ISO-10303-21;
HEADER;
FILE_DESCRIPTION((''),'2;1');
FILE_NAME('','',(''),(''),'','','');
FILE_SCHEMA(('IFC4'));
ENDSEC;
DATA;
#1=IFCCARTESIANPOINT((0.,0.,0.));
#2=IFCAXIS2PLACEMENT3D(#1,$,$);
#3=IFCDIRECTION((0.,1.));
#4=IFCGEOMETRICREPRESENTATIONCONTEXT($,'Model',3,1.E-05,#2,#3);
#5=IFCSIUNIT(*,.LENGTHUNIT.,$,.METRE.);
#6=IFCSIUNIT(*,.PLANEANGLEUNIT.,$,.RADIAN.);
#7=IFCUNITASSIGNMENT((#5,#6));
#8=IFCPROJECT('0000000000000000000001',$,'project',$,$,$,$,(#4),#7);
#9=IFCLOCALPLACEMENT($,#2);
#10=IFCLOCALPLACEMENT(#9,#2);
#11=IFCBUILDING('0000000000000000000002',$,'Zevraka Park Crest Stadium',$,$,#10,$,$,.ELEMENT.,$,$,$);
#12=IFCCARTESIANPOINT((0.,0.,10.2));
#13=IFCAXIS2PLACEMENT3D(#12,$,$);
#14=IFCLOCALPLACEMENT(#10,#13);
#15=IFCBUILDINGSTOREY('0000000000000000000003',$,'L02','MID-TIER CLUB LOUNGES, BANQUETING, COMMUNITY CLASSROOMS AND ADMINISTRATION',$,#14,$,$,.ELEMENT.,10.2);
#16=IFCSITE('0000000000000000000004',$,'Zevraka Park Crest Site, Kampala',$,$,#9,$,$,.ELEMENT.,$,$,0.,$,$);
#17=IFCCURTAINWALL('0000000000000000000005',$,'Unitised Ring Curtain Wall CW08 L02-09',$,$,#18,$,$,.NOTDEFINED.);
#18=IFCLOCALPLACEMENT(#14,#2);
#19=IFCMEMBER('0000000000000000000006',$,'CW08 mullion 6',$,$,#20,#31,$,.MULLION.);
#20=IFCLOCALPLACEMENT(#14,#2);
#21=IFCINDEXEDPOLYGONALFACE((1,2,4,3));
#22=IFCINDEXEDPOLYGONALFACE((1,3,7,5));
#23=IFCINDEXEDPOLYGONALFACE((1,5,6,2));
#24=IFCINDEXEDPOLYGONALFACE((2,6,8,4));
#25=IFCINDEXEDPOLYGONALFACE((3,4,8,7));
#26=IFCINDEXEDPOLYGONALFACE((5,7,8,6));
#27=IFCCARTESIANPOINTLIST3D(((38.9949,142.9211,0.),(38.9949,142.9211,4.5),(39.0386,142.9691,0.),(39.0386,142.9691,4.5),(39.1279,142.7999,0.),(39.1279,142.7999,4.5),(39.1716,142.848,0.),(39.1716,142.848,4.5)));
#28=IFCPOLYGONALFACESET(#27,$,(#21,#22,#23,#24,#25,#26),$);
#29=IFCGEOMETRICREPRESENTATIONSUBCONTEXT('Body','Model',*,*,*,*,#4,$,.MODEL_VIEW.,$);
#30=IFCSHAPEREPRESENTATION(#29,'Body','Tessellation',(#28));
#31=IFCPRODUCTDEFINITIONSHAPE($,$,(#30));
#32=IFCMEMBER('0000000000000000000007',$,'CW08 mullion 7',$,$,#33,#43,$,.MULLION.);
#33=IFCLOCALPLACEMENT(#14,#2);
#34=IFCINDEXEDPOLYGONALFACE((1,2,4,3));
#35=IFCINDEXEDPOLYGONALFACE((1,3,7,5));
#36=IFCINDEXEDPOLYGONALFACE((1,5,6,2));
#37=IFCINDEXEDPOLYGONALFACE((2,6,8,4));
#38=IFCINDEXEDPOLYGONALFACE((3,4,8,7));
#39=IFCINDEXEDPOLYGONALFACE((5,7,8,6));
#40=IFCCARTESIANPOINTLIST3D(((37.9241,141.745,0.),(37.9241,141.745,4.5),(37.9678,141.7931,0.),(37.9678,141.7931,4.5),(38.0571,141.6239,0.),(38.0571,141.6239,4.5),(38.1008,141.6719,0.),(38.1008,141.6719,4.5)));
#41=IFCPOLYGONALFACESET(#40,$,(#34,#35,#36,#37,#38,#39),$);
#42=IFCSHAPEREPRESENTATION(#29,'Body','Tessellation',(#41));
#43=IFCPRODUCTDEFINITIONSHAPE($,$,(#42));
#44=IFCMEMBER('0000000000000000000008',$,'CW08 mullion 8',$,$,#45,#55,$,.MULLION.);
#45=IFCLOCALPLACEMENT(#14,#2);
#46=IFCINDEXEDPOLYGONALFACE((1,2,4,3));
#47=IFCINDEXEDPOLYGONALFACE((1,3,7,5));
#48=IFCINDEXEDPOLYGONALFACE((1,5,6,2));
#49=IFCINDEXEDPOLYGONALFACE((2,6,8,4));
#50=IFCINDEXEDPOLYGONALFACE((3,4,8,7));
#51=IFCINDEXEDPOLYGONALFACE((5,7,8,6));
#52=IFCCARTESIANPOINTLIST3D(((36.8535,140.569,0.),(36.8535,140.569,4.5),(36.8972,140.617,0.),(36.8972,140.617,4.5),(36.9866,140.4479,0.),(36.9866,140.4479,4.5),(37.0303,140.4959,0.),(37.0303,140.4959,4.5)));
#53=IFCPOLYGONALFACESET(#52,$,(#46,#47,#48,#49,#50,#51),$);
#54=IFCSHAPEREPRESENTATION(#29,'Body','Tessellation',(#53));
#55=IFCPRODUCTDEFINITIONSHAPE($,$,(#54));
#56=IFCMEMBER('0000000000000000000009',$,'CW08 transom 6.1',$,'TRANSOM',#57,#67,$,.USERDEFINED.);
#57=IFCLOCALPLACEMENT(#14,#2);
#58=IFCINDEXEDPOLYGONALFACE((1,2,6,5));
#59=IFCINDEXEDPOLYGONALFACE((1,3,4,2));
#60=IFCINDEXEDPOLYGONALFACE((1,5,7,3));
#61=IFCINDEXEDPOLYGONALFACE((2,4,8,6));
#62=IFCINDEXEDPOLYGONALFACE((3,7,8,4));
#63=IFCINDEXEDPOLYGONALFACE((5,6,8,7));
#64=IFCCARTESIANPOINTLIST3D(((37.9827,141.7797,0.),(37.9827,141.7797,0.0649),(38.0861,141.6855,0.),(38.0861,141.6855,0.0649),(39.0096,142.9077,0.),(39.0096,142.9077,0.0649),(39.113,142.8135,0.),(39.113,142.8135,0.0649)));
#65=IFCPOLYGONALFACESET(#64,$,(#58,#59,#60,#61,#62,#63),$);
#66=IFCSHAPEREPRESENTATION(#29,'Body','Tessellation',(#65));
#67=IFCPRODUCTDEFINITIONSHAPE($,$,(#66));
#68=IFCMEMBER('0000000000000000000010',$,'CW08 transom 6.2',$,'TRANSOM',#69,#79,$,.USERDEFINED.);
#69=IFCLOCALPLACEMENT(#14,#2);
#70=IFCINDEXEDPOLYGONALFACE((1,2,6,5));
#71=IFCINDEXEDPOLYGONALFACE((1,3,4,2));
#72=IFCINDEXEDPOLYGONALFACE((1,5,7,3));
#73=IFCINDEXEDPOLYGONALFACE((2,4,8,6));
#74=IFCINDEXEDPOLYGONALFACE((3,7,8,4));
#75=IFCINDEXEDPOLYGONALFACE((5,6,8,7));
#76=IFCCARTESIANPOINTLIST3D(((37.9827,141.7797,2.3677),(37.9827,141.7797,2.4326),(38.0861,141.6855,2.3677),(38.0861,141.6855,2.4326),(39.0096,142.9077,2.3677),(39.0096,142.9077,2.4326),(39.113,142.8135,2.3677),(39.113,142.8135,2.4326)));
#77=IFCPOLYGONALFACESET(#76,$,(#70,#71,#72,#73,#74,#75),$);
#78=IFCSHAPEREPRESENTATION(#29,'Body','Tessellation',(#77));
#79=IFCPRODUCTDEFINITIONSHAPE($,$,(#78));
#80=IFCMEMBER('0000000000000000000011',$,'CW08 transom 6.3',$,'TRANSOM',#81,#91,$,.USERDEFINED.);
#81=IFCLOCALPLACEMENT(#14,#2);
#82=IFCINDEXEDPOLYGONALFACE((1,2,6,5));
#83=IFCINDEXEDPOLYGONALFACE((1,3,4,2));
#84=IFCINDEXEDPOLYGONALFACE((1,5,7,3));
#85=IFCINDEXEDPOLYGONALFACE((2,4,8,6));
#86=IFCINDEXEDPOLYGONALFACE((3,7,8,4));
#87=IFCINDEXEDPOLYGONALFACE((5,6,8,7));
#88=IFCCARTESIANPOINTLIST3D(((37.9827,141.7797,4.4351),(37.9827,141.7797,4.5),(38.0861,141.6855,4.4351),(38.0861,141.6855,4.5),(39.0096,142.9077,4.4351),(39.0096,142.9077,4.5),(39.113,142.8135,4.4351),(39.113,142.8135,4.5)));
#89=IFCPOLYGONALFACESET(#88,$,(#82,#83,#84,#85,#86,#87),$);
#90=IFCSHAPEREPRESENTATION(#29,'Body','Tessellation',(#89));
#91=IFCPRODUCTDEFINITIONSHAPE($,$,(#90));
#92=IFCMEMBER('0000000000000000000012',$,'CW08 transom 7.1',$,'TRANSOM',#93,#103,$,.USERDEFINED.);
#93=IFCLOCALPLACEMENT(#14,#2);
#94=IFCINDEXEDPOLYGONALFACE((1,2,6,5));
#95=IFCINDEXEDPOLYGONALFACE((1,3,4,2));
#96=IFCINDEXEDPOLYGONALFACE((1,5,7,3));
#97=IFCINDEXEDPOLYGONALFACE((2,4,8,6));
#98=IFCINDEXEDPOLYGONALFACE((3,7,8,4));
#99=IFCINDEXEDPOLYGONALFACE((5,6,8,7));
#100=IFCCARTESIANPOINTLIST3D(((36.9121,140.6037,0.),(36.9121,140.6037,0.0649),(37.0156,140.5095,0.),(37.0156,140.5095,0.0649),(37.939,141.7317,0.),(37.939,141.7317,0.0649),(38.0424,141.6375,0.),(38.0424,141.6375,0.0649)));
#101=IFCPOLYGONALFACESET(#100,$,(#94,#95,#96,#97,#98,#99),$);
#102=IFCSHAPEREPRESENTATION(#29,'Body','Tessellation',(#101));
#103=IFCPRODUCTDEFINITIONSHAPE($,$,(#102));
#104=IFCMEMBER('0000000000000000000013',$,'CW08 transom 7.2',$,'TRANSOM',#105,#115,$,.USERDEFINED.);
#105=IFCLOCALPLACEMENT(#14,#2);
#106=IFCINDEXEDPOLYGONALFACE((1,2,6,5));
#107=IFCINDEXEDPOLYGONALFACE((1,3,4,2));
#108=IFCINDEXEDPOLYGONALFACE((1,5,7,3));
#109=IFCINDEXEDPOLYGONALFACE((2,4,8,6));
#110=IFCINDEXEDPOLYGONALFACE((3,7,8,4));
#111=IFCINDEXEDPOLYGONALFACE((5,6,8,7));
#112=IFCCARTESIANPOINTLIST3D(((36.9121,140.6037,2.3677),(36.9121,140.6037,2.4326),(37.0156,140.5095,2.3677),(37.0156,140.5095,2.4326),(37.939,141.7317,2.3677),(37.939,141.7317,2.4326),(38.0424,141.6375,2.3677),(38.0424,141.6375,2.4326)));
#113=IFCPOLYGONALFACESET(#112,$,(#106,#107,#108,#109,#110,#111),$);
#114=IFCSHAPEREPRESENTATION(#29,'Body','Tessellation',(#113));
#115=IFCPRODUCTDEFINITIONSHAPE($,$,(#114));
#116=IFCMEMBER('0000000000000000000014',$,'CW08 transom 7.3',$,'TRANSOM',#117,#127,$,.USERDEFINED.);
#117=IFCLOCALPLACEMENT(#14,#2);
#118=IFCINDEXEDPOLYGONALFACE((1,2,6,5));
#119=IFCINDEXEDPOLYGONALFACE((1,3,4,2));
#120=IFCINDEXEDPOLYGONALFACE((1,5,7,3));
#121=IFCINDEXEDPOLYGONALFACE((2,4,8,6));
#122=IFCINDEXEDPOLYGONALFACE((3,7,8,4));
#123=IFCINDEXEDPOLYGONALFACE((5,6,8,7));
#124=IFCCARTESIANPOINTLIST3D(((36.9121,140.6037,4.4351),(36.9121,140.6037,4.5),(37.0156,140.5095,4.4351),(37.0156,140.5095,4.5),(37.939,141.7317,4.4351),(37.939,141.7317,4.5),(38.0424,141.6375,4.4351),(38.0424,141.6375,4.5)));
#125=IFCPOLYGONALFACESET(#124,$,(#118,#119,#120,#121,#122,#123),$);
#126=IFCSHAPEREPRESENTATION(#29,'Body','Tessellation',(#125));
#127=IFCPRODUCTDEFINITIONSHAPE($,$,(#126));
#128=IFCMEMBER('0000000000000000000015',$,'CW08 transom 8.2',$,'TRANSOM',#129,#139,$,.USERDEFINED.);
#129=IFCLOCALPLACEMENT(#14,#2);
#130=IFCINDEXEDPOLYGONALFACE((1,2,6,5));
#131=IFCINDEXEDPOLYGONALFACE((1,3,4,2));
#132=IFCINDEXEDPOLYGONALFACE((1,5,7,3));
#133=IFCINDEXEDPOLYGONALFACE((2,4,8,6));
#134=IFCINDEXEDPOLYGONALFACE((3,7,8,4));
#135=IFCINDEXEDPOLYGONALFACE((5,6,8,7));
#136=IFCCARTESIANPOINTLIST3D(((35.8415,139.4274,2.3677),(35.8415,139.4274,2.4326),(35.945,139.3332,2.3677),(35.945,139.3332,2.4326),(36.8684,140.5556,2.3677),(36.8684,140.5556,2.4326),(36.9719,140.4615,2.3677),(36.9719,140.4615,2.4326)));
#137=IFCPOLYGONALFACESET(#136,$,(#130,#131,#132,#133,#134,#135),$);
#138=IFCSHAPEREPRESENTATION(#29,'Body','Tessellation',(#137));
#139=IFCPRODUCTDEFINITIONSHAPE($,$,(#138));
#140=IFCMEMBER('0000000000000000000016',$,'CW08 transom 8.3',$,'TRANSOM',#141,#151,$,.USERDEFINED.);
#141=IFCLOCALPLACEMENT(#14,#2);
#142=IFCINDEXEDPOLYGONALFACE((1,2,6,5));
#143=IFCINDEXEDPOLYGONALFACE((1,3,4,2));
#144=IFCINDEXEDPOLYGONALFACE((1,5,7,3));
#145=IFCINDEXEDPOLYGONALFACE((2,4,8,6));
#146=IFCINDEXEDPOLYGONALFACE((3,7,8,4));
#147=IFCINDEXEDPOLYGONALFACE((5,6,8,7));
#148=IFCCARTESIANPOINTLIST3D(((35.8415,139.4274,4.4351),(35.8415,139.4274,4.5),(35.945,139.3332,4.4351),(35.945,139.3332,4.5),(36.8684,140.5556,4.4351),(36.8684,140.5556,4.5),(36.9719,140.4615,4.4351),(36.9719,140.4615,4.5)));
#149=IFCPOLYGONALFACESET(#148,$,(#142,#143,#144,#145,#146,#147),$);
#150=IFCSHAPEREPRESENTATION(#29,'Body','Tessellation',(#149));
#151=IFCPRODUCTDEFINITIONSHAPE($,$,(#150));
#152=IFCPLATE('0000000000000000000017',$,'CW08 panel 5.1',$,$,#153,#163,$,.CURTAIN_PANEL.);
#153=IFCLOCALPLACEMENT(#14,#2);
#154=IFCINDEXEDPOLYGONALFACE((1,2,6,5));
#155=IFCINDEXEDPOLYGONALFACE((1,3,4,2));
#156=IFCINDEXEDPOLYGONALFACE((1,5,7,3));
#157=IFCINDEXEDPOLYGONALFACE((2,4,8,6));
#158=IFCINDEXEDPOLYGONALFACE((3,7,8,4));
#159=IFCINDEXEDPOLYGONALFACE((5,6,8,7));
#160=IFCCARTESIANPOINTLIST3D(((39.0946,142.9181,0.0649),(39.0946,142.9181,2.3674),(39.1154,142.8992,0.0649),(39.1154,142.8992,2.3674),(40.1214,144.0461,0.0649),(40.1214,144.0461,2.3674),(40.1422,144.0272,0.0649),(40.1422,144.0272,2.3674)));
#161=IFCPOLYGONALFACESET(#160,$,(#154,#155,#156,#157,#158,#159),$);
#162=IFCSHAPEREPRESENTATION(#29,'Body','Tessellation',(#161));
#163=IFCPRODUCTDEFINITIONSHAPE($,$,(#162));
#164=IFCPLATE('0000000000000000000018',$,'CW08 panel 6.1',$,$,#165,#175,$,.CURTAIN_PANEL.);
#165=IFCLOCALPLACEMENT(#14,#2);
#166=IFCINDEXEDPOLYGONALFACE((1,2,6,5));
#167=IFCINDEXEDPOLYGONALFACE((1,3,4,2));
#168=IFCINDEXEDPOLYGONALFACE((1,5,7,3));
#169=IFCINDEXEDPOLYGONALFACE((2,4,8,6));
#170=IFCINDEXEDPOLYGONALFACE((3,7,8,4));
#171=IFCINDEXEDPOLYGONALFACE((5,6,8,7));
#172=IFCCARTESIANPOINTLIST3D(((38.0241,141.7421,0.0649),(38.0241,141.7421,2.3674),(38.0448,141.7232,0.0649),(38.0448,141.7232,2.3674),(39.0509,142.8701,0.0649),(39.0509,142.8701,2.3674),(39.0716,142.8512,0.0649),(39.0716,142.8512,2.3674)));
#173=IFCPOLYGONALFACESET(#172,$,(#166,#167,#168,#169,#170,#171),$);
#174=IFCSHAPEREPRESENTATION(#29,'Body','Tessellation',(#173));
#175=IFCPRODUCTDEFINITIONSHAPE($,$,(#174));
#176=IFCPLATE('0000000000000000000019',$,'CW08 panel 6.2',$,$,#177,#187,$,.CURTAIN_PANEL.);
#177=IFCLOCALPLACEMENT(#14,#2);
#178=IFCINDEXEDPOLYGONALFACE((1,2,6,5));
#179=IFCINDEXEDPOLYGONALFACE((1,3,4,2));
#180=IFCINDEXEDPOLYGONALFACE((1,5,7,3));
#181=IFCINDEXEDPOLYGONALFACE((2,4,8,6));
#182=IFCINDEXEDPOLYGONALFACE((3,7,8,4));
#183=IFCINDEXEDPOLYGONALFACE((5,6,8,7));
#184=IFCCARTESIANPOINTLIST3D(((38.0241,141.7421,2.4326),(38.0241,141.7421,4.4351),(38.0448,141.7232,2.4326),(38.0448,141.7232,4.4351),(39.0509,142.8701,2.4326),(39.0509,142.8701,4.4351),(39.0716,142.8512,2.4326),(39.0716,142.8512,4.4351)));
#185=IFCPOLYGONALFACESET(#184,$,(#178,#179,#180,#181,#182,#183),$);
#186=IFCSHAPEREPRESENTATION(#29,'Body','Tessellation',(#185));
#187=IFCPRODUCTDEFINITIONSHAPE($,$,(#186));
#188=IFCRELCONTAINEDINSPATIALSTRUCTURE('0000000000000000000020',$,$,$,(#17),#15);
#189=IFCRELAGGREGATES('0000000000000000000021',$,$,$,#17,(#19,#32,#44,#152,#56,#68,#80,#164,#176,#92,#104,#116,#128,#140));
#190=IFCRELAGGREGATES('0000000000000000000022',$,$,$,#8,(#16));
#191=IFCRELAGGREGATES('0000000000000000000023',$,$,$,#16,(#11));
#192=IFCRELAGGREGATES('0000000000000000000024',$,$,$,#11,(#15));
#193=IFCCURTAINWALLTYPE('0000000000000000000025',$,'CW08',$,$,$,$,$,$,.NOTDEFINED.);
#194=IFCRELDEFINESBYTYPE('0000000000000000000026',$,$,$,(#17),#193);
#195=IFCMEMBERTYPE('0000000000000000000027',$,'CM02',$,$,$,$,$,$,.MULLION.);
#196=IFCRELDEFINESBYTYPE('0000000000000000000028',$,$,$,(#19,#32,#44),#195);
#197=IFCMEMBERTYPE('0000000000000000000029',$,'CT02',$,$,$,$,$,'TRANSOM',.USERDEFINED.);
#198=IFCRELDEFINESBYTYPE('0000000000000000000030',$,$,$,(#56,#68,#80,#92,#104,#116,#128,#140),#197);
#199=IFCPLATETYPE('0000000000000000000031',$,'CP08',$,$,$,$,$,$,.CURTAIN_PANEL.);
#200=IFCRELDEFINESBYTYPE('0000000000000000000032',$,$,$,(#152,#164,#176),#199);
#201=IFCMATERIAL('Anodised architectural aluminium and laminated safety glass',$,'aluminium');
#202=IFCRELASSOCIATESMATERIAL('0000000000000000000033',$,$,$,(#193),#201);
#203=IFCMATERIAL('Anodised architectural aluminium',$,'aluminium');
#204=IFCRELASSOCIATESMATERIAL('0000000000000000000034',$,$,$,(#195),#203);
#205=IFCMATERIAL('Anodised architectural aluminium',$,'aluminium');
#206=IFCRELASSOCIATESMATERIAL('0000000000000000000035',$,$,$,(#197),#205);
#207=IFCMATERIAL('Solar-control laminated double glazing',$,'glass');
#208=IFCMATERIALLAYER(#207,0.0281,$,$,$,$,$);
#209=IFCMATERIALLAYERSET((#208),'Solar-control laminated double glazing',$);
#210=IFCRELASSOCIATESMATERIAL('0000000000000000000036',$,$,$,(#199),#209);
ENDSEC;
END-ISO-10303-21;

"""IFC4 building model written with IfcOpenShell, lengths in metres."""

from ifc_helpers import new_model, si_unit, direction, frame, origin, origin_2d, place, context, subcontext, project, spatial, rectangle, extrude, material, layer, layer_set, material_profile, profile_set, type_object, element, aggregate, save


model = new_model("IFC4")

# Units and contexts
model_context = context("Model", 3, precision=1e-05, world=origin(), true_north=direction((0.0, 1.0)))
body_context = subcontext(model_context, "Body", "Model", "MODEL_VIEW")
ifc_project = project(units=[si_unit("LENGTHUNIT", "METRE"), si_unit("PLANEANGLEUNIT", "RADIAN")], contexts=[model_context])

# Site, building, storey
site_placement = place(None, origin())
site = spatial("IfcSite", under=ifc_project, at=site_placement, Name="Zevraka Park Crest Site, Kampala", CompositionType="ELEMENT", RefElevation=0.0)
building_placement = place(site_placement, origin())
building = spatial("IfcBuilding", under=site, at=building_placement, Name="Zevraka Park Crest Stadium", CompositionType="ELEMENT")
storey_placement = place(building_placement, frame((0.0, 0.0, 10.2)))
storey = spatial("IfcBuildingStorey", under=building, at=storey_placement, Name="L02", Description="MID-TIER CLUB LOUNGES, BANQUETING, COMMUNITY CLASSROOMS AND ADMINISTRATION", CompositionType="ELEMENT", Elevation=10.2)

# Curtain wall, members, plates
ifc_material_1 = material(Name="Anodised architectural aluminium and laminated safety glass", Category="aluminium")
curtain_wall_type = type_object("IfcCurtainWallType", Name="CW08", PredefinedType="NOTDEFINED", material=ifc_material_1)
curtain_wall_placement = place(storey_placement, origin())
curtain_wall = element("IfcCurtainWall", 1, at=curtain_wall_placement, inside=storey, type_object=curtain_wall_type, Name="Unitised Ring Curtain Wall CW08 L02-09", PredefinedType="NOTDEFINED")
ifc_material_2 = material(Name="Anodised architectural aluminium", Category="aluminium")
ifc_material_profile_1 = material_profile(ifc_material_2, rectangle(XDim=0.1799, YDim=0.0649, at=origin_2d()), Name="ALU MULLION 180x65")
ifc_profile_set_1 = profile_set([ifc_material_profile_1], Name="Anodised architectural aluminium")
member_type_1 = type_object("IfcMemberType", Name="CM02", PredefinedType="MULLION", material=ifc_profile_set_1)
member_1_placement = place(storey_placement, frame((39.0833, 142.8845, 0.0), z_axis=(0.0, 0.0, 1.0), x_axis=(0.739497, -0.67316, 0.0)))
member_1 = element("IfcMember", 2, at=member_1_placement, type_object=member_type_1, Name="CW08 mullion 6", PredefinedType="MULLION", context=body_context, shape_type="SweptSolid", body=[
    extrude(rectangle(XDim=0.1799, YDim=0.0649, at=origin_2d()), origin(), (0.0, 0.0, 1.0), 4.5),
])
member_2_placement = place(storey_placement, frame((38.0125, 141.7085, 0.0), z_axis=(0.0, 0.0, 1.0), x_axis=(0.739497, -0.67316, 0.0)))
member_2 = element("IfcMember", 3, at=member_2_placement, type_object=member_type_1, Name="CW08 mullion 7", PredefinedType="MULLION", context=body_context, shape_type="SweptSolid", body=[
    extrude(rectangle(XDim=0.1799, YDim=0.0649, at=origin_2d()), origin(), (0.0, 0.0, 1.0), 4.5),
])
member_3_placement = place(storey_placement, frame((36.9419, 140.5325, 0.0), z_axis=(0.0, 0.0, 1.0), x_axis=(0.739497, -0.67316, 0.0)))
member_3 = element("IfcMember", 4, at=member_3_placement, type_object=member_type_1, Name="CW08 mullion 8", PredefinedType="MULLION", context=body_context, shape_type="SweptSolid", body=[
    extrude(rectangle(XDim=0.1799, YDim=0.0649, at=origin_2d()), origin(), (0.0, 0.0, 1.0), 4.5),
])
ifc_material_3 = material(Name="Anodised architectural aluminium", Category="aluminium")
ifc_material_profile_2 = material_profile(ifc_material_3, rectangle(XDim=0.1399, YDim=0.0649, at=origin_2d()), Name="ALU TRANSOM 140x65")
ifc_profile_set_2 = profile_set([ifc_material_profile_2], Name="Anodised architectural aluminium")
member_type_2 = type_object("IfcMemberType", Name="CT02", ElementType="TRANSOM", PredefinedType="USERDEFINED", material=ifc_profile_set_2)
member_4_placement = place(storey_placement, frame((39.0613, 142.8606, 0.0325), z_axis=(-0.673198, -0.739462, 0.0), x_axis=(0.739462, -0.673198, 0.0)))
member_4 = element("IfcMember", 5, at=member_4_placement, type_object=member_type_2, Name="CW08 transom 6.1", ObjectType="TRANSOM", PredefinedType="USERDEFINED", context=body_context, shape_type="SweptSolid", body=[
    extrude(rectangle(XDim=0.1399, YDim=0.0649, at=origin_2d()), origin(), (0.0, 0.0, 1.0), 1.5254),
])
member_5_placement = place(storey_placement, frame((39.0613, 142.8606, 2.4001), z_axis=(-0.673198, -0.739462, 0.0), x_axis=(0.739462, -0.673198, 0.0)))
member_5 = element("IfcMember", 6, at=member_5_placement, type_object=member_type_2, Name="CW08 transom 6.2", ObjectType="TRANSOM", PredefinedType="USERDEFINED", context=body_context, shape_type="SweptSolid", body=[
    extrude(rectangle(XDim=0.1399, YDim=0.0649, at=origin_2d()), origin(), (0.0, 0.0, 1.0), 1.5254),
])
member_6_placement = place(storey_placement, frame((39.0613, 142.8606, 4.4675), z_axis=(-0.673198, -0.739462, 0.0), x_axis=(0.739462, -0.673198, 0.0)))
member_6 = element("IfcMember", 7, at=member_6_placement, type_object=member_type_2, Name="CW08 transom 6.3", ObjectType="TRANSOM", PredefinedType="USERDEFINED", context=body_context, shape_type="SweptSolid", body=[
    extrude(rectangle(XDim=0.1399, YDim=0.0649, at=origin_2d()), origin(), (0.0, 0.0, 1.0), 1.5254),
])
member_7_placement = place(storey_placement, frame((37.9907, 141.6846, 0.0325), z_axis=(-0.673198, -0.739462, 0.0), x_axis=(0.739462, -0.673198, 0.0)))
member_7 = element("IfcMember", 8, at=member_7_placement, type_object=member_type_2, Name="CW08 transom 7.1", ObjectType="TRANSOM", PredefinedType="USERDEFINED", context=body_context, shape_type="SweptSolid", body=[
    extrude(rectangle(XDim=0.1399, YDim=0.0649, at=origin_2d()), origin(), (0.0, 0.0, 1.0), 1.5254),
])
member_8_placement = place(storey_placement, frame((37.9907, 141.6846, 2.4001), z_axis=(-0.673198, -0.739462, 0.0), x_axis=(0.739462, -0.673198, 0.0)))
member_8 = element("IfcMember", 9, at=member_8_placement, type_object=member_type_2, Name="CW08 transom 7.2", ObjectType="TRANSOM", PredefinedType="USERDEFINED", context=body_context, shape_type="SweptSolid", body=[
    extrude(rectangle(XDim=0.1399, YDim=0.0649, at=origin_2d()), origin(), (0.0, 0.0, 1.0), 1.5254),
])
member_9_placement = place(storey_placement, frame((37.9907, 141.6846, 4.4675), z_axis=(-0.673198, -0.739462, 0.0), x_axis=(0.739462, -0.673198, 0.0)))
member_9 = element("IfcMember", 10, at=member_9_placement, type_object=member_type_2, Name="CW08 transom 7.3", ObjectType="TRANSOM", PredefinedType="USERDEFINED", context=body_context, shape_type="SweptSolid", body=[
    extrude(rectangle(XDim=0.1399, YDim=0.0649, at=origin_2d()), origin(), (0.0, 0.0, 1.0), 1.5254),
])
member_10_placement = place(storey_placement, frame((36.9202, 140.5085, 2.4001), z_axis=(-0.673119, -0.739534, 0.0), x_axis=(0.739534, -0.673119, 0.0)))
member_10 = element("IfcMember", 11, at=member_10_placement, type_object=member_type_2, Name="CW08 transom 8.2", ObjectType="TRANSOM", PredefinedType="USERDEFINED", context=body_context, shape_type="SweptSolid", body=[
    extrude(rectangle(XDim=0.1399, YDim=0.0649, at=origin_2d()), origin(), (0.0, 0.0, 1.0), 1.5256),
])
member_11_placement = place(storey_placement, frame((36.9202, 140.5085, 4.4675), z_axis=(-0.673119, -0.739534, 0.0), x_axis=(0.739534, -0.673119, 0.0)))
member_11 = element("IfcMember", 12, at=member_11_placement, type_object=member_type_2, Name="CW08 transom 8.3", ObjectType="TRANSOM", PredefinedType="USERDEFINED", context=body_context, shape_type="SweptSolid", body=[
    extrude(rectangle(XDim=0.1399, YDim=0.0649, at=origin_2d()), origin(), (0.0, 0.0, 1.0), 1.5256),
])
ifc_material_4 = material(Name="Solar-control laminated double glazing", Category="glass")
ifc_layer_1 = layer(ifc_material_4, 0.0281)
ifc_layer_set_1 = layer_set([ifc_layer_1], Name="Solar-control laminated double glazing")
plate_type = type_object("IfcPlateType", Name="CP08", PredefinedType="CURTAIN_PANEL", material=ifc_layer_set_1)
plate_1_placement = place(storey_placement, frame((39.6184, 143.4727, 0.0649), z_axis=(0.0, 0.0, 1.0), x_axis=(-0.67316, -0.739497, 0.0)))
plate_1 = element("IfcPlate", 13, at=plate_1_placement, type_object=plate_type, Name="CW08 panel 5.1", PredefinedType="CURTAIN_PANEL", context=body_context, shape_type="SweptSolid", body=[
    extrude(rectangle(XDim=1.5254, YDim=0.0281, at=origin_2d()), origin(), (0.0, 0.0, 1.0), 2.3025),
])
plate_2_placement = place(storey_placement, frame((38.5479, 142.2966, 0.0649), z_axis=(0.0, 0.0, 1.0), x_axis=(-0.67316, -0.739497, 0.0)))
plate_2 = element("IfcPlate", 14, at=plate_2_placement, type_object=plate_type, Name="CW08 panel 6.1", PredefinedType="CURTAIN_PANEL", context=body_context, shape_type="SweptSolid", body=[
    extrude(rectangle(XDim=1.5254, YDim=0.0281, at=origin_2d()), origin(), (0.0, 0.0, 1.0), 2.3025),
])
plate_3_placement = place(storey_placement, frame((38.5479, 142.2966, 2.4326), z_axis=(0.0, 0.0, 1.0), x_axis=(-0.67316, -0.739497, 0.0)))
plate_3 = element("IfcPlate", 15, at=plate_3_placement, type_object=plate_type, Name="CW08 panel 6.2", PredefinedType="CURTAIN_PANEL", context=body_context, shape_type="SweptSolid", body=[
    extrude(rectangle(XDim=1.5254, YDim=0.0281, at=origin_2d()), origin(), (0.0, 0.0, 1.0), 2.0024),
])
aggregate(curtain_wall, [member_1, member_2, member_3, plate_1, member_4, member_5, member_6, plate_2, plate_3, member_7, member_8, member_9, member_10, member_11])

save(model, "model.ifc")
